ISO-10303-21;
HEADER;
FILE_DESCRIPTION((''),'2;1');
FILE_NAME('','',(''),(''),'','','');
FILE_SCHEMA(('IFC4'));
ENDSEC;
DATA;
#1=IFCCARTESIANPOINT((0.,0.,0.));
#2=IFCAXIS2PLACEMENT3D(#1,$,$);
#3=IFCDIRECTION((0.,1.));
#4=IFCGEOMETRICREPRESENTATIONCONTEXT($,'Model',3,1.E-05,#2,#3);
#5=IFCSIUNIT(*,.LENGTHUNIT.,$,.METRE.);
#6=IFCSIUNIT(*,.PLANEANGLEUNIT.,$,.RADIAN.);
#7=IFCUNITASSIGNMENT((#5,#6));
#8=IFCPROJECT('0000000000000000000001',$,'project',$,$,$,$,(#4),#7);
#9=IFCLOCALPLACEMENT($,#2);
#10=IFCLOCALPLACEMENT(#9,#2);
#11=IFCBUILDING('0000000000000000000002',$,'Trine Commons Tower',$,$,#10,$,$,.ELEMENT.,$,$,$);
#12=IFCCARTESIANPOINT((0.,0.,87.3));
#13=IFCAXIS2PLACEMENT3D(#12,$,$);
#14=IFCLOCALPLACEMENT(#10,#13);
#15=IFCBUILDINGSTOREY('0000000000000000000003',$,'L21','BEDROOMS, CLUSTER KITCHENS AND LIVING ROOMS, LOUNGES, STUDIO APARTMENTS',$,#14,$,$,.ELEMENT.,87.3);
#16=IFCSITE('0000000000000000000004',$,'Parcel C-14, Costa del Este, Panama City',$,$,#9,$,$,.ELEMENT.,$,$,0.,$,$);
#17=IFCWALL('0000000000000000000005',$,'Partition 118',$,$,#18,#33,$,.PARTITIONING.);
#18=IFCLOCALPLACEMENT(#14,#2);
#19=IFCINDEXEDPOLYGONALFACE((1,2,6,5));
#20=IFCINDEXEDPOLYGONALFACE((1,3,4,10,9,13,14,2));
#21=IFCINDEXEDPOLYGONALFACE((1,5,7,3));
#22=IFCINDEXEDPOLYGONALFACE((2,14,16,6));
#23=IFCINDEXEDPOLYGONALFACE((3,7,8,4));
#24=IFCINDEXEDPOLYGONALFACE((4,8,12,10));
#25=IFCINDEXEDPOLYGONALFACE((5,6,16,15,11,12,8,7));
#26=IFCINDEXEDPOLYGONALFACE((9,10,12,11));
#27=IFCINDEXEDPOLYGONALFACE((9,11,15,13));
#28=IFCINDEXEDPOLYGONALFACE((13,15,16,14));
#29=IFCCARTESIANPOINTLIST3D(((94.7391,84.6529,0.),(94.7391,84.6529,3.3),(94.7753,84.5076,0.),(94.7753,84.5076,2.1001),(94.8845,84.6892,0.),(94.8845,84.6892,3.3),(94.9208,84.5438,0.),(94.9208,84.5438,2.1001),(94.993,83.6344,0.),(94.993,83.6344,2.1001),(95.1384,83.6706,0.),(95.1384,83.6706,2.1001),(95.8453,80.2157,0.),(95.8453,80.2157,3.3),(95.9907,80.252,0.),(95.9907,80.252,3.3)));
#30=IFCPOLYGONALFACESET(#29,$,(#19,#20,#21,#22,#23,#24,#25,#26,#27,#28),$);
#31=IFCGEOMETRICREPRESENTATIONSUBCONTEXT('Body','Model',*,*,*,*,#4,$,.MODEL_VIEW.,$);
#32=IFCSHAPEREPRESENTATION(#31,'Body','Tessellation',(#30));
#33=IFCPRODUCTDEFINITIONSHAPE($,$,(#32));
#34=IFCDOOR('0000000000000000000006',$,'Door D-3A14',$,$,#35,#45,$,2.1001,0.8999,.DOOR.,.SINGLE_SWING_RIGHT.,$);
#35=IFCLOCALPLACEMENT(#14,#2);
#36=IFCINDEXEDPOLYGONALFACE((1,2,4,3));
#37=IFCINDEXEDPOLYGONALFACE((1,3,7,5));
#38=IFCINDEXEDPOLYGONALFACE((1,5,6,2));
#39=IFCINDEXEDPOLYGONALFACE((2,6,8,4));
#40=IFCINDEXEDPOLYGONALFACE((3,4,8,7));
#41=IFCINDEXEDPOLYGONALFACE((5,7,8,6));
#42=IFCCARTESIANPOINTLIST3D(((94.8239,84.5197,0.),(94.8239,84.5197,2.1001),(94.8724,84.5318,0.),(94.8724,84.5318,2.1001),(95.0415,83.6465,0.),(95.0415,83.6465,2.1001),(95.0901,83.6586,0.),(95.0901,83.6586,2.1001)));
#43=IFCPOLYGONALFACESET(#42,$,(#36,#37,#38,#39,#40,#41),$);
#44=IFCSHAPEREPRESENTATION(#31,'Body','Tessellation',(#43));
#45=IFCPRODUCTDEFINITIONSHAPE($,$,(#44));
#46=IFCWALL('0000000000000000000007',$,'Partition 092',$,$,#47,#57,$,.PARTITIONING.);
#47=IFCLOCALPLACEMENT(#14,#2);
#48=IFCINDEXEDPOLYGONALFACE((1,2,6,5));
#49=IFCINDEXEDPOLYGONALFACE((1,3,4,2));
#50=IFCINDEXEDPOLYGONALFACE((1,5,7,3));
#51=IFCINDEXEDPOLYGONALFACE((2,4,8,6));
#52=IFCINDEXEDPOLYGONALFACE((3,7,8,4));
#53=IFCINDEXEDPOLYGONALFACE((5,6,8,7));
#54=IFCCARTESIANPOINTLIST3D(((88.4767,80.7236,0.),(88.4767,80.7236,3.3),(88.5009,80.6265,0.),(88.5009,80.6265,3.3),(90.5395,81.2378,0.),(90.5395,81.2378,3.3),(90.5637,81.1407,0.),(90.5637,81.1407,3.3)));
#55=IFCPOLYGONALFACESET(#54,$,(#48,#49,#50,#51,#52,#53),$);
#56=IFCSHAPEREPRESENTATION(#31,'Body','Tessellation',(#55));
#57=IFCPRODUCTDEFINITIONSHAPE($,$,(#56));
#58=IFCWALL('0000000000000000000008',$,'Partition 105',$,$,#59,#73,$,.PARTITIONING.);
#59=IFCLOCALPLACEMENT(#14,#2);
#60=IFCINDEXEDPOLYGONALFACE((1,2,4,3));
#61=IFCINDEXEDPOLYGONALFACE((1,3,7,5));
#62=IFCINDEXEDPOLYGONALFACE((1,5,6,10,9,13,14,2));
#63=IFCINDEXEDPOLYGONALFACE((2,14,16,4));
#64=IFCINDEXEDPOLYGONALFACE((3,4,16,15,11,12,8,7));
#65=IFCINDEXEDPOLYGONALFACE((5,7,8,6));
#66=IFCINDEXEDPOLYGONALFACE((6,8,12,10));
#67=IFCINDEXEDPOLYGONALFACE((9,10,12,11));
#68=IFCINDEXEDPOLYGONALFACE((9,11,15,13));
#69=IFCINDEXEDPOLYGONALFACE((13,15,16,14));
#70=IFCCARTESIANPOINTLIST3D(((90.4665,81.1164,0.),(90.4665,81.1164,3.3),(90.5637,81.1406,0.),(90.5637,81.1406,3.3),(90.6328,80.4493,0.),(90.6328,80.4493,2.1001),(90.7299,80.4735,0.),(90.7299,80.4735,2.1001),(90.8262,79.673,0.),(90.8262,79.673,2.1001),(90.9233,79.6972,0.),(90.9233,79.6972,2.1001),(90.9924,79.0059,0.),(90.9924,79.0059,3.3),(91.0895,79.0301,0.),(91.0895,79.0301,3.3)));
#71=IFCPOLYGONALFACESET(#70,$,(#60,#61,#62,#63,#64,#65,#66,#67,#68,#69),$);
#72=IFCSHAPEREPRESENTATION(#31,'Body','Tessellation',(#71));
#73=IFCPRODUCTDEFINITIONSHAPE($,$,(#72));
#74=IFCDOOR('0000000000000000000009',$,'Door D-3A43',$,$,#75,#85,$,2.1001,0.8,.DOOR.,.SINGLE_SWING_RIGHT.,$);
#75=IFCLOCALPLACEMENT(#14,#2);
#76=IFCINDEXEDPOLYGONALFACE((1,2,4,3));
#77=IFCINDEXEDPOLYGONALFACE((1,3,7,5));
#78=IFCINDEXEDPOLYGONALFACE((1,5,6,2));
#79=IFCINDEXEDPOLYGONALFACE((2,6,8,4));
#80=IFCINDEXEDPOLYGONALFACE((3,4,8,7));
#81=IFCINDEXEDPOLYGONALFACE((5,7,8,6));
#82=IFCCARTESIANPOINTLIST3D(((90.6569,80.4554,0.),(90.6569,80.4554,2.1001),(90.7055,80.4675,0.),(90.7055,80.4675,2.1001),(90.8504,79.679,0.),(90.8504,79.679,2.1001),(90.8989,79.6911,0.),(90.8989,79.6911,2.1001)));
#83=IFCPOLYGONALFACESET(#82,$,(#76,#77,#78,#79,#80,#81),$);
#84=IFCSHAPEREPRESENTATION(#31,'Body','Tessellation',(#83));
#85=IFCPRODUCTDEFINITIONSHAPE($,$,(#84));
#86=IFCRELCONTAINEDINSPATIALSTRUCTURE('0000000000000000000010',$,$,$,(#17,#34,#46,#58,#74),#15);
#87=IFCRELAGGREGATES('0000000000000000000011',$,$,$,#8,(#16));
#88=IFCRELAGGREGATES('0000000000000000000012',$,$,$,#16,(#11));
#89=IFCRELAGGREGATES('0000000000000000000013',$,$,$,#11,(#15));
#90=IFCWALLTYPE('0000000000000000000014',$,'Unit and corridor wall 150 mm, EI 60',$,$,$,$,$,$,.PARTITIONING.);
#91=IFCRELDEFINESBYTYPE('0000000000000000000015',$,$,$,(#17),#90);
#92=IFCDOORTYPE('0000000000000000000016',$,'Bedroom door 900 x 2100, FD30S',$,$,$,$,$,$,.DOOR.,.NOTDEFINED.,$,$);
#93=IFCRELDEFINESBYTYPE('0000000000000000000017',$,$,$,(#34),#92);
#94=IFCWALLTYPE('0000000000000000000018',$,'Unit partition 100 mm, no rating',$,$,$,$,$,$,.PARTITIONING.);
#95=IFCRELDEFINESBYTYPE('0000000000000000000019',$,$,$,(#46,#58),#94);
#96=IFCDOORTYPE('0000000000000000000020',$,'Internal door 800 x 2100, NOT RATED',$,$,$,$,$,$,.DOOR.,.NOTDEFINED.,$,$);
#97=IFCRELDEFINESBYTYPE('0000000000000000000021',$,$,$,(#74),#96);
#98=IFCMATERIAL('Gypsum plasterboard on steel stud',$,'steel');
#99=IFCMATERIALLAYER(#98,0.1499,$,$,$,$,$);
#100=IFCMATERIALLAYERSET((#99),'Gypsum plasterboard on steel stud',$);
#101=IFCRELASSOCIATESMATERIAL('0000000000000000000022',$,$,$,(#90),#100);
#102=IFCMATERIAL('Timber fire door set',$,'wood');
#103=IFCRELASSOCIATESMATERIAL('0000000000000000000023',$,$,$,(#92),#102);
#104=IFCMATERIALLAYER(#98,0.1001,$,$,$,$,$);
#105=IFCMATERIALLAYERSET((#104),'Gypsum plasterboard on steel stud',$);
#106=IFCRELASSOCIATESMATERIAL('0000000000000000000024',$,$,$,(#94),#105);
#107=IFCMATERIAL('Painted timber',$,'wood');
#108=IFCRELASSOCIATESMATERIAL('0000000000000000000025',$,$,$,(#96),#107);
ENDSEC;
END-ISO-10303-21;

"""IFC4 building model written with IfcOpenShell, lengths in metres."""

from ifc_helpers import new_model, si_unit, direction, frame, frame_2d, origin, place, context, subcontext, project, spatial, rectangle, extrude, material, layer, layer_set, type_object, element, fill, save


model = new_model("IFC4")

# Units and contexts
model_context = context("Model", 3, precision=1e-05, world=origin(), true_north=direction((0.0, 1.0)))
body_context = subcontext(model_context, "Body", "Model", "MODEL_VIEW")
ifc_project = project(units=[si_unit("LENGTHUNIT", "METRE"), si_unit("PLANEANGLEUNIT", "RADIAN")], contexts=[model_context])

# Site, building, storey
site_placement = place(None, origin())
site = spatial("IfcSite", under=ifc_project, at=site_placement, Name="Parcel C-14, Costa del Este, Panama City", CompositionType="ELEMENT", RefElevation=0.0)
building_placement = place(site_placement, origin())
building = spatial("IfcBuilding", under=site, at=building_placement, Name="Trine Commons Tower", CompositionType="ELEMENT")
storey_placement = place(building_placement, frame((0.0, 0.0, 87.3)))
storey = spatial("IfcBuildingStorey", under=building, at=storey_placement, Name="L21", Description="BEDROOMS, CLUSTER KITCHENS AND LIVING ROOMS, LOUNGES, STUDIO APARTMENTS", CompositionType="ELEMENT", Elevation=87.3)

# Shared definitions
ifc_material_1 = material(Name="Gypsum plasterboard on steel stud", Category="steel")
ifc_layer_1 = layer(ifc_material_1, 0.1499)
ifc_layer_set_1 = layer_set([ifc_layer_1], Name="Gypsum plasterboard on steel stud")
wall_type_1 = type_object("IfcWallType", Name="Unit and corridor wall 150 mm, EI 60", PredefinedType="PARTITIONING", material=ifc_layer_set_1)

# Wall, opening, door
wall_1_placement = place(storey_placement, frame((94.8118, 84.6711, 0.0), z_axis=(0.0, 0.0, 1.0), x_axis=(0.241895, -0.970302, 0.0)))
wall_1 = element("IfcWall", 1, at=wall_1_placement, inside=storey, type_object=wall_type_1, Name="Partition 118", PredefinedType="PARTITIONING", context=body_context, shape_type="SweptSolid", body=[
    extrude(rectangle(XDim=4.573, YDim=0.1499, at=frame_2d((2.2866, 0.0))), origin(), (0.0, 0.0, 1.0), 3.3),
])
opening_1_placement = place(wall_1_placement, frame((0.1499, 0.0, 0.0)))
opening_1 = element("IfcOpeningElement", 2, at=opening_1_placement, cuts=wall_1, PredefinedType="OPENING", context=body_context, shape_type="SweptSolid", body=[
    extrude(rectangle(XDim=0.8999, YDim=2.1001, at=frame_2d((0.45, 1.05))), frame((0.0, 0.085, 0.0), z_axis=(0.0, -1.0, 0.0), x_axis=(1.0, 0.0, 0.0)), (0.0, 0.0, 1.0), 0.1699),
])
ifc_material_2 = material(Name="Timber fire door set", Category="wood")
door_type_1 = type_object("IfcDoorType", Name="Bedroom door 900 x 2100, FD30S", OperationType="NOTDEFINED", PredefinedType="DOOR", material=ifc_material_2)
door_1_placement = place(opening_1_placement, frame((0.8999, 0.0, 0.0), z_axis=(0.0, 0.0, 1.0), x_axis=(-1.0, 0.0, 0.0)))
door_1 = element("IfcDoor", 3, at=door_1_placement, inside=storey, type_object=door_type_1, Name="Door D-3A14", OperationType="SINGLE_SWING_RIGHT", OverallHeight=2.1001, OverallWidth=0.8999, PredefinedType="DOOR", context=body_context, shape_type="SweptSolid", body=[
    extrude(rectangle(XDim=0.8999, YDim=2.1001, at=frame_2d((0.45, 1.05))), frame((0.0, 0.0249, 0.0), z_axis=(0.0, -1.0, 0.0), x_axis=(1.0, 0.0, 0.0)), (0.0, 0.0, 1.0), 0.05),
])
fill(opening_1, door_1)

# Wall
ifc_layer_2 = layer(ifc_material_1, 0.1001)
ifc_layer_set_2 = layer_set([ifc_layer_2], Name="Gypsum plasterboard on steel stud")
wall_type_2 = type_object("IfcWallType", Name="Unit partition 100 mm, no rating", PredefinedType="PARTITIONING", material=ifc_layer_set_2)
wall_2_placement = place(storey_placement, frame((88.4888, 80.675, 0.0), z_axis=(0.0, 0.0, 1.0), x_axis=(0.970311, 0.24186, 0.0)))
element("IfcWall", 4, at=wall_2_placement, inside=storey, type_object=wall_type_2, Name="Partition 092", PredefinedType="PARTITIONING", context=body_context, shape_type="SweptSolid", body=[
    extrude(rectangle(XDim=2.126, YDim=0.1001, at=frame_2d((1.063, 0.0))), origin(), (0.0, 0.0, 1.0), 3.3),
])

# Wall, opening, door
wall_3_placement = place(storey_placement, frame((90.5151, 81.1284, 0.0), z_axis=(0.0, 0.0, 1.0), x_axis=(0.24177, -0.970334, 0.0)))
wall_3 = element("IfcWall", 5, at=wall_3_placement, inside=storey, type_object=wall_type_2, Name="Partition 105", PredefinedType="PARTITIONING", context=body_context, shape_type="SweptSolid", body=[
    extrude(rectangle(XDim=2.175, YDim=0.1001, at=frame_2d((1.0874, 0.0))), origin(), (0.0, 0.0, 1.0), 3.3),
])
opening_2_placement = place(wall_3_placement, frame((0.6875, 0.0, 0.0)))
opening_2 = element("IfcOpeningElement", 6, at=opening_2_placement, cuts=wall_3, PredefinedType="OPENING", context=body_context, shape_type="SweptSolid", body=[
    extrude(rectangle(XDim=0.8, YDim=2.1001, at=frame_2d((0.3999, 1.05))), frame((0.0, 0.0601, 0.0), z_axis=(0.0, -1.0, 0.0), x_axis=(1.0, 0.0, 0.0)), (0.0, 0.0, 1.0), 0.1201),
])
ifc_material_3 = material(Name="Painted timber", Category="wood")
door_type_2 = type_object("IfcDoorType", Name="Internal door 800 x 2100, NOT RATED", OperationType="NOTDEFINED", PredefinedType="DOOR", material=ifc_material_3)
door_2_placement = place(opening_2_placement, origin())
door_2 = element("IfcDoor", 7, at=door_2_placement, inside=storey, type_object=door_type_2, Name="Door D-3A43", OperationType="SINGLE_SWING_RIGHT", OverallHeight=2.1001, OverallWidth=0.8, PredefinedType="DOOR", context=body_context, shape_type="SweptSolid", body=[
    extrude(rectangle(XDim=0.8, YDim=2.1001, at=frame_2d((0.3999, 1.05))), frame((0.0, 0.0249, 0.0), z_axis=(0.0, -1.0, 0.0), x_axis=(1.0, 0.0, 0.0)), (0.0, 0.0, 1.0), 0.05),
])
fill(opening_2, door_2)

save(model, "model.ifc")
